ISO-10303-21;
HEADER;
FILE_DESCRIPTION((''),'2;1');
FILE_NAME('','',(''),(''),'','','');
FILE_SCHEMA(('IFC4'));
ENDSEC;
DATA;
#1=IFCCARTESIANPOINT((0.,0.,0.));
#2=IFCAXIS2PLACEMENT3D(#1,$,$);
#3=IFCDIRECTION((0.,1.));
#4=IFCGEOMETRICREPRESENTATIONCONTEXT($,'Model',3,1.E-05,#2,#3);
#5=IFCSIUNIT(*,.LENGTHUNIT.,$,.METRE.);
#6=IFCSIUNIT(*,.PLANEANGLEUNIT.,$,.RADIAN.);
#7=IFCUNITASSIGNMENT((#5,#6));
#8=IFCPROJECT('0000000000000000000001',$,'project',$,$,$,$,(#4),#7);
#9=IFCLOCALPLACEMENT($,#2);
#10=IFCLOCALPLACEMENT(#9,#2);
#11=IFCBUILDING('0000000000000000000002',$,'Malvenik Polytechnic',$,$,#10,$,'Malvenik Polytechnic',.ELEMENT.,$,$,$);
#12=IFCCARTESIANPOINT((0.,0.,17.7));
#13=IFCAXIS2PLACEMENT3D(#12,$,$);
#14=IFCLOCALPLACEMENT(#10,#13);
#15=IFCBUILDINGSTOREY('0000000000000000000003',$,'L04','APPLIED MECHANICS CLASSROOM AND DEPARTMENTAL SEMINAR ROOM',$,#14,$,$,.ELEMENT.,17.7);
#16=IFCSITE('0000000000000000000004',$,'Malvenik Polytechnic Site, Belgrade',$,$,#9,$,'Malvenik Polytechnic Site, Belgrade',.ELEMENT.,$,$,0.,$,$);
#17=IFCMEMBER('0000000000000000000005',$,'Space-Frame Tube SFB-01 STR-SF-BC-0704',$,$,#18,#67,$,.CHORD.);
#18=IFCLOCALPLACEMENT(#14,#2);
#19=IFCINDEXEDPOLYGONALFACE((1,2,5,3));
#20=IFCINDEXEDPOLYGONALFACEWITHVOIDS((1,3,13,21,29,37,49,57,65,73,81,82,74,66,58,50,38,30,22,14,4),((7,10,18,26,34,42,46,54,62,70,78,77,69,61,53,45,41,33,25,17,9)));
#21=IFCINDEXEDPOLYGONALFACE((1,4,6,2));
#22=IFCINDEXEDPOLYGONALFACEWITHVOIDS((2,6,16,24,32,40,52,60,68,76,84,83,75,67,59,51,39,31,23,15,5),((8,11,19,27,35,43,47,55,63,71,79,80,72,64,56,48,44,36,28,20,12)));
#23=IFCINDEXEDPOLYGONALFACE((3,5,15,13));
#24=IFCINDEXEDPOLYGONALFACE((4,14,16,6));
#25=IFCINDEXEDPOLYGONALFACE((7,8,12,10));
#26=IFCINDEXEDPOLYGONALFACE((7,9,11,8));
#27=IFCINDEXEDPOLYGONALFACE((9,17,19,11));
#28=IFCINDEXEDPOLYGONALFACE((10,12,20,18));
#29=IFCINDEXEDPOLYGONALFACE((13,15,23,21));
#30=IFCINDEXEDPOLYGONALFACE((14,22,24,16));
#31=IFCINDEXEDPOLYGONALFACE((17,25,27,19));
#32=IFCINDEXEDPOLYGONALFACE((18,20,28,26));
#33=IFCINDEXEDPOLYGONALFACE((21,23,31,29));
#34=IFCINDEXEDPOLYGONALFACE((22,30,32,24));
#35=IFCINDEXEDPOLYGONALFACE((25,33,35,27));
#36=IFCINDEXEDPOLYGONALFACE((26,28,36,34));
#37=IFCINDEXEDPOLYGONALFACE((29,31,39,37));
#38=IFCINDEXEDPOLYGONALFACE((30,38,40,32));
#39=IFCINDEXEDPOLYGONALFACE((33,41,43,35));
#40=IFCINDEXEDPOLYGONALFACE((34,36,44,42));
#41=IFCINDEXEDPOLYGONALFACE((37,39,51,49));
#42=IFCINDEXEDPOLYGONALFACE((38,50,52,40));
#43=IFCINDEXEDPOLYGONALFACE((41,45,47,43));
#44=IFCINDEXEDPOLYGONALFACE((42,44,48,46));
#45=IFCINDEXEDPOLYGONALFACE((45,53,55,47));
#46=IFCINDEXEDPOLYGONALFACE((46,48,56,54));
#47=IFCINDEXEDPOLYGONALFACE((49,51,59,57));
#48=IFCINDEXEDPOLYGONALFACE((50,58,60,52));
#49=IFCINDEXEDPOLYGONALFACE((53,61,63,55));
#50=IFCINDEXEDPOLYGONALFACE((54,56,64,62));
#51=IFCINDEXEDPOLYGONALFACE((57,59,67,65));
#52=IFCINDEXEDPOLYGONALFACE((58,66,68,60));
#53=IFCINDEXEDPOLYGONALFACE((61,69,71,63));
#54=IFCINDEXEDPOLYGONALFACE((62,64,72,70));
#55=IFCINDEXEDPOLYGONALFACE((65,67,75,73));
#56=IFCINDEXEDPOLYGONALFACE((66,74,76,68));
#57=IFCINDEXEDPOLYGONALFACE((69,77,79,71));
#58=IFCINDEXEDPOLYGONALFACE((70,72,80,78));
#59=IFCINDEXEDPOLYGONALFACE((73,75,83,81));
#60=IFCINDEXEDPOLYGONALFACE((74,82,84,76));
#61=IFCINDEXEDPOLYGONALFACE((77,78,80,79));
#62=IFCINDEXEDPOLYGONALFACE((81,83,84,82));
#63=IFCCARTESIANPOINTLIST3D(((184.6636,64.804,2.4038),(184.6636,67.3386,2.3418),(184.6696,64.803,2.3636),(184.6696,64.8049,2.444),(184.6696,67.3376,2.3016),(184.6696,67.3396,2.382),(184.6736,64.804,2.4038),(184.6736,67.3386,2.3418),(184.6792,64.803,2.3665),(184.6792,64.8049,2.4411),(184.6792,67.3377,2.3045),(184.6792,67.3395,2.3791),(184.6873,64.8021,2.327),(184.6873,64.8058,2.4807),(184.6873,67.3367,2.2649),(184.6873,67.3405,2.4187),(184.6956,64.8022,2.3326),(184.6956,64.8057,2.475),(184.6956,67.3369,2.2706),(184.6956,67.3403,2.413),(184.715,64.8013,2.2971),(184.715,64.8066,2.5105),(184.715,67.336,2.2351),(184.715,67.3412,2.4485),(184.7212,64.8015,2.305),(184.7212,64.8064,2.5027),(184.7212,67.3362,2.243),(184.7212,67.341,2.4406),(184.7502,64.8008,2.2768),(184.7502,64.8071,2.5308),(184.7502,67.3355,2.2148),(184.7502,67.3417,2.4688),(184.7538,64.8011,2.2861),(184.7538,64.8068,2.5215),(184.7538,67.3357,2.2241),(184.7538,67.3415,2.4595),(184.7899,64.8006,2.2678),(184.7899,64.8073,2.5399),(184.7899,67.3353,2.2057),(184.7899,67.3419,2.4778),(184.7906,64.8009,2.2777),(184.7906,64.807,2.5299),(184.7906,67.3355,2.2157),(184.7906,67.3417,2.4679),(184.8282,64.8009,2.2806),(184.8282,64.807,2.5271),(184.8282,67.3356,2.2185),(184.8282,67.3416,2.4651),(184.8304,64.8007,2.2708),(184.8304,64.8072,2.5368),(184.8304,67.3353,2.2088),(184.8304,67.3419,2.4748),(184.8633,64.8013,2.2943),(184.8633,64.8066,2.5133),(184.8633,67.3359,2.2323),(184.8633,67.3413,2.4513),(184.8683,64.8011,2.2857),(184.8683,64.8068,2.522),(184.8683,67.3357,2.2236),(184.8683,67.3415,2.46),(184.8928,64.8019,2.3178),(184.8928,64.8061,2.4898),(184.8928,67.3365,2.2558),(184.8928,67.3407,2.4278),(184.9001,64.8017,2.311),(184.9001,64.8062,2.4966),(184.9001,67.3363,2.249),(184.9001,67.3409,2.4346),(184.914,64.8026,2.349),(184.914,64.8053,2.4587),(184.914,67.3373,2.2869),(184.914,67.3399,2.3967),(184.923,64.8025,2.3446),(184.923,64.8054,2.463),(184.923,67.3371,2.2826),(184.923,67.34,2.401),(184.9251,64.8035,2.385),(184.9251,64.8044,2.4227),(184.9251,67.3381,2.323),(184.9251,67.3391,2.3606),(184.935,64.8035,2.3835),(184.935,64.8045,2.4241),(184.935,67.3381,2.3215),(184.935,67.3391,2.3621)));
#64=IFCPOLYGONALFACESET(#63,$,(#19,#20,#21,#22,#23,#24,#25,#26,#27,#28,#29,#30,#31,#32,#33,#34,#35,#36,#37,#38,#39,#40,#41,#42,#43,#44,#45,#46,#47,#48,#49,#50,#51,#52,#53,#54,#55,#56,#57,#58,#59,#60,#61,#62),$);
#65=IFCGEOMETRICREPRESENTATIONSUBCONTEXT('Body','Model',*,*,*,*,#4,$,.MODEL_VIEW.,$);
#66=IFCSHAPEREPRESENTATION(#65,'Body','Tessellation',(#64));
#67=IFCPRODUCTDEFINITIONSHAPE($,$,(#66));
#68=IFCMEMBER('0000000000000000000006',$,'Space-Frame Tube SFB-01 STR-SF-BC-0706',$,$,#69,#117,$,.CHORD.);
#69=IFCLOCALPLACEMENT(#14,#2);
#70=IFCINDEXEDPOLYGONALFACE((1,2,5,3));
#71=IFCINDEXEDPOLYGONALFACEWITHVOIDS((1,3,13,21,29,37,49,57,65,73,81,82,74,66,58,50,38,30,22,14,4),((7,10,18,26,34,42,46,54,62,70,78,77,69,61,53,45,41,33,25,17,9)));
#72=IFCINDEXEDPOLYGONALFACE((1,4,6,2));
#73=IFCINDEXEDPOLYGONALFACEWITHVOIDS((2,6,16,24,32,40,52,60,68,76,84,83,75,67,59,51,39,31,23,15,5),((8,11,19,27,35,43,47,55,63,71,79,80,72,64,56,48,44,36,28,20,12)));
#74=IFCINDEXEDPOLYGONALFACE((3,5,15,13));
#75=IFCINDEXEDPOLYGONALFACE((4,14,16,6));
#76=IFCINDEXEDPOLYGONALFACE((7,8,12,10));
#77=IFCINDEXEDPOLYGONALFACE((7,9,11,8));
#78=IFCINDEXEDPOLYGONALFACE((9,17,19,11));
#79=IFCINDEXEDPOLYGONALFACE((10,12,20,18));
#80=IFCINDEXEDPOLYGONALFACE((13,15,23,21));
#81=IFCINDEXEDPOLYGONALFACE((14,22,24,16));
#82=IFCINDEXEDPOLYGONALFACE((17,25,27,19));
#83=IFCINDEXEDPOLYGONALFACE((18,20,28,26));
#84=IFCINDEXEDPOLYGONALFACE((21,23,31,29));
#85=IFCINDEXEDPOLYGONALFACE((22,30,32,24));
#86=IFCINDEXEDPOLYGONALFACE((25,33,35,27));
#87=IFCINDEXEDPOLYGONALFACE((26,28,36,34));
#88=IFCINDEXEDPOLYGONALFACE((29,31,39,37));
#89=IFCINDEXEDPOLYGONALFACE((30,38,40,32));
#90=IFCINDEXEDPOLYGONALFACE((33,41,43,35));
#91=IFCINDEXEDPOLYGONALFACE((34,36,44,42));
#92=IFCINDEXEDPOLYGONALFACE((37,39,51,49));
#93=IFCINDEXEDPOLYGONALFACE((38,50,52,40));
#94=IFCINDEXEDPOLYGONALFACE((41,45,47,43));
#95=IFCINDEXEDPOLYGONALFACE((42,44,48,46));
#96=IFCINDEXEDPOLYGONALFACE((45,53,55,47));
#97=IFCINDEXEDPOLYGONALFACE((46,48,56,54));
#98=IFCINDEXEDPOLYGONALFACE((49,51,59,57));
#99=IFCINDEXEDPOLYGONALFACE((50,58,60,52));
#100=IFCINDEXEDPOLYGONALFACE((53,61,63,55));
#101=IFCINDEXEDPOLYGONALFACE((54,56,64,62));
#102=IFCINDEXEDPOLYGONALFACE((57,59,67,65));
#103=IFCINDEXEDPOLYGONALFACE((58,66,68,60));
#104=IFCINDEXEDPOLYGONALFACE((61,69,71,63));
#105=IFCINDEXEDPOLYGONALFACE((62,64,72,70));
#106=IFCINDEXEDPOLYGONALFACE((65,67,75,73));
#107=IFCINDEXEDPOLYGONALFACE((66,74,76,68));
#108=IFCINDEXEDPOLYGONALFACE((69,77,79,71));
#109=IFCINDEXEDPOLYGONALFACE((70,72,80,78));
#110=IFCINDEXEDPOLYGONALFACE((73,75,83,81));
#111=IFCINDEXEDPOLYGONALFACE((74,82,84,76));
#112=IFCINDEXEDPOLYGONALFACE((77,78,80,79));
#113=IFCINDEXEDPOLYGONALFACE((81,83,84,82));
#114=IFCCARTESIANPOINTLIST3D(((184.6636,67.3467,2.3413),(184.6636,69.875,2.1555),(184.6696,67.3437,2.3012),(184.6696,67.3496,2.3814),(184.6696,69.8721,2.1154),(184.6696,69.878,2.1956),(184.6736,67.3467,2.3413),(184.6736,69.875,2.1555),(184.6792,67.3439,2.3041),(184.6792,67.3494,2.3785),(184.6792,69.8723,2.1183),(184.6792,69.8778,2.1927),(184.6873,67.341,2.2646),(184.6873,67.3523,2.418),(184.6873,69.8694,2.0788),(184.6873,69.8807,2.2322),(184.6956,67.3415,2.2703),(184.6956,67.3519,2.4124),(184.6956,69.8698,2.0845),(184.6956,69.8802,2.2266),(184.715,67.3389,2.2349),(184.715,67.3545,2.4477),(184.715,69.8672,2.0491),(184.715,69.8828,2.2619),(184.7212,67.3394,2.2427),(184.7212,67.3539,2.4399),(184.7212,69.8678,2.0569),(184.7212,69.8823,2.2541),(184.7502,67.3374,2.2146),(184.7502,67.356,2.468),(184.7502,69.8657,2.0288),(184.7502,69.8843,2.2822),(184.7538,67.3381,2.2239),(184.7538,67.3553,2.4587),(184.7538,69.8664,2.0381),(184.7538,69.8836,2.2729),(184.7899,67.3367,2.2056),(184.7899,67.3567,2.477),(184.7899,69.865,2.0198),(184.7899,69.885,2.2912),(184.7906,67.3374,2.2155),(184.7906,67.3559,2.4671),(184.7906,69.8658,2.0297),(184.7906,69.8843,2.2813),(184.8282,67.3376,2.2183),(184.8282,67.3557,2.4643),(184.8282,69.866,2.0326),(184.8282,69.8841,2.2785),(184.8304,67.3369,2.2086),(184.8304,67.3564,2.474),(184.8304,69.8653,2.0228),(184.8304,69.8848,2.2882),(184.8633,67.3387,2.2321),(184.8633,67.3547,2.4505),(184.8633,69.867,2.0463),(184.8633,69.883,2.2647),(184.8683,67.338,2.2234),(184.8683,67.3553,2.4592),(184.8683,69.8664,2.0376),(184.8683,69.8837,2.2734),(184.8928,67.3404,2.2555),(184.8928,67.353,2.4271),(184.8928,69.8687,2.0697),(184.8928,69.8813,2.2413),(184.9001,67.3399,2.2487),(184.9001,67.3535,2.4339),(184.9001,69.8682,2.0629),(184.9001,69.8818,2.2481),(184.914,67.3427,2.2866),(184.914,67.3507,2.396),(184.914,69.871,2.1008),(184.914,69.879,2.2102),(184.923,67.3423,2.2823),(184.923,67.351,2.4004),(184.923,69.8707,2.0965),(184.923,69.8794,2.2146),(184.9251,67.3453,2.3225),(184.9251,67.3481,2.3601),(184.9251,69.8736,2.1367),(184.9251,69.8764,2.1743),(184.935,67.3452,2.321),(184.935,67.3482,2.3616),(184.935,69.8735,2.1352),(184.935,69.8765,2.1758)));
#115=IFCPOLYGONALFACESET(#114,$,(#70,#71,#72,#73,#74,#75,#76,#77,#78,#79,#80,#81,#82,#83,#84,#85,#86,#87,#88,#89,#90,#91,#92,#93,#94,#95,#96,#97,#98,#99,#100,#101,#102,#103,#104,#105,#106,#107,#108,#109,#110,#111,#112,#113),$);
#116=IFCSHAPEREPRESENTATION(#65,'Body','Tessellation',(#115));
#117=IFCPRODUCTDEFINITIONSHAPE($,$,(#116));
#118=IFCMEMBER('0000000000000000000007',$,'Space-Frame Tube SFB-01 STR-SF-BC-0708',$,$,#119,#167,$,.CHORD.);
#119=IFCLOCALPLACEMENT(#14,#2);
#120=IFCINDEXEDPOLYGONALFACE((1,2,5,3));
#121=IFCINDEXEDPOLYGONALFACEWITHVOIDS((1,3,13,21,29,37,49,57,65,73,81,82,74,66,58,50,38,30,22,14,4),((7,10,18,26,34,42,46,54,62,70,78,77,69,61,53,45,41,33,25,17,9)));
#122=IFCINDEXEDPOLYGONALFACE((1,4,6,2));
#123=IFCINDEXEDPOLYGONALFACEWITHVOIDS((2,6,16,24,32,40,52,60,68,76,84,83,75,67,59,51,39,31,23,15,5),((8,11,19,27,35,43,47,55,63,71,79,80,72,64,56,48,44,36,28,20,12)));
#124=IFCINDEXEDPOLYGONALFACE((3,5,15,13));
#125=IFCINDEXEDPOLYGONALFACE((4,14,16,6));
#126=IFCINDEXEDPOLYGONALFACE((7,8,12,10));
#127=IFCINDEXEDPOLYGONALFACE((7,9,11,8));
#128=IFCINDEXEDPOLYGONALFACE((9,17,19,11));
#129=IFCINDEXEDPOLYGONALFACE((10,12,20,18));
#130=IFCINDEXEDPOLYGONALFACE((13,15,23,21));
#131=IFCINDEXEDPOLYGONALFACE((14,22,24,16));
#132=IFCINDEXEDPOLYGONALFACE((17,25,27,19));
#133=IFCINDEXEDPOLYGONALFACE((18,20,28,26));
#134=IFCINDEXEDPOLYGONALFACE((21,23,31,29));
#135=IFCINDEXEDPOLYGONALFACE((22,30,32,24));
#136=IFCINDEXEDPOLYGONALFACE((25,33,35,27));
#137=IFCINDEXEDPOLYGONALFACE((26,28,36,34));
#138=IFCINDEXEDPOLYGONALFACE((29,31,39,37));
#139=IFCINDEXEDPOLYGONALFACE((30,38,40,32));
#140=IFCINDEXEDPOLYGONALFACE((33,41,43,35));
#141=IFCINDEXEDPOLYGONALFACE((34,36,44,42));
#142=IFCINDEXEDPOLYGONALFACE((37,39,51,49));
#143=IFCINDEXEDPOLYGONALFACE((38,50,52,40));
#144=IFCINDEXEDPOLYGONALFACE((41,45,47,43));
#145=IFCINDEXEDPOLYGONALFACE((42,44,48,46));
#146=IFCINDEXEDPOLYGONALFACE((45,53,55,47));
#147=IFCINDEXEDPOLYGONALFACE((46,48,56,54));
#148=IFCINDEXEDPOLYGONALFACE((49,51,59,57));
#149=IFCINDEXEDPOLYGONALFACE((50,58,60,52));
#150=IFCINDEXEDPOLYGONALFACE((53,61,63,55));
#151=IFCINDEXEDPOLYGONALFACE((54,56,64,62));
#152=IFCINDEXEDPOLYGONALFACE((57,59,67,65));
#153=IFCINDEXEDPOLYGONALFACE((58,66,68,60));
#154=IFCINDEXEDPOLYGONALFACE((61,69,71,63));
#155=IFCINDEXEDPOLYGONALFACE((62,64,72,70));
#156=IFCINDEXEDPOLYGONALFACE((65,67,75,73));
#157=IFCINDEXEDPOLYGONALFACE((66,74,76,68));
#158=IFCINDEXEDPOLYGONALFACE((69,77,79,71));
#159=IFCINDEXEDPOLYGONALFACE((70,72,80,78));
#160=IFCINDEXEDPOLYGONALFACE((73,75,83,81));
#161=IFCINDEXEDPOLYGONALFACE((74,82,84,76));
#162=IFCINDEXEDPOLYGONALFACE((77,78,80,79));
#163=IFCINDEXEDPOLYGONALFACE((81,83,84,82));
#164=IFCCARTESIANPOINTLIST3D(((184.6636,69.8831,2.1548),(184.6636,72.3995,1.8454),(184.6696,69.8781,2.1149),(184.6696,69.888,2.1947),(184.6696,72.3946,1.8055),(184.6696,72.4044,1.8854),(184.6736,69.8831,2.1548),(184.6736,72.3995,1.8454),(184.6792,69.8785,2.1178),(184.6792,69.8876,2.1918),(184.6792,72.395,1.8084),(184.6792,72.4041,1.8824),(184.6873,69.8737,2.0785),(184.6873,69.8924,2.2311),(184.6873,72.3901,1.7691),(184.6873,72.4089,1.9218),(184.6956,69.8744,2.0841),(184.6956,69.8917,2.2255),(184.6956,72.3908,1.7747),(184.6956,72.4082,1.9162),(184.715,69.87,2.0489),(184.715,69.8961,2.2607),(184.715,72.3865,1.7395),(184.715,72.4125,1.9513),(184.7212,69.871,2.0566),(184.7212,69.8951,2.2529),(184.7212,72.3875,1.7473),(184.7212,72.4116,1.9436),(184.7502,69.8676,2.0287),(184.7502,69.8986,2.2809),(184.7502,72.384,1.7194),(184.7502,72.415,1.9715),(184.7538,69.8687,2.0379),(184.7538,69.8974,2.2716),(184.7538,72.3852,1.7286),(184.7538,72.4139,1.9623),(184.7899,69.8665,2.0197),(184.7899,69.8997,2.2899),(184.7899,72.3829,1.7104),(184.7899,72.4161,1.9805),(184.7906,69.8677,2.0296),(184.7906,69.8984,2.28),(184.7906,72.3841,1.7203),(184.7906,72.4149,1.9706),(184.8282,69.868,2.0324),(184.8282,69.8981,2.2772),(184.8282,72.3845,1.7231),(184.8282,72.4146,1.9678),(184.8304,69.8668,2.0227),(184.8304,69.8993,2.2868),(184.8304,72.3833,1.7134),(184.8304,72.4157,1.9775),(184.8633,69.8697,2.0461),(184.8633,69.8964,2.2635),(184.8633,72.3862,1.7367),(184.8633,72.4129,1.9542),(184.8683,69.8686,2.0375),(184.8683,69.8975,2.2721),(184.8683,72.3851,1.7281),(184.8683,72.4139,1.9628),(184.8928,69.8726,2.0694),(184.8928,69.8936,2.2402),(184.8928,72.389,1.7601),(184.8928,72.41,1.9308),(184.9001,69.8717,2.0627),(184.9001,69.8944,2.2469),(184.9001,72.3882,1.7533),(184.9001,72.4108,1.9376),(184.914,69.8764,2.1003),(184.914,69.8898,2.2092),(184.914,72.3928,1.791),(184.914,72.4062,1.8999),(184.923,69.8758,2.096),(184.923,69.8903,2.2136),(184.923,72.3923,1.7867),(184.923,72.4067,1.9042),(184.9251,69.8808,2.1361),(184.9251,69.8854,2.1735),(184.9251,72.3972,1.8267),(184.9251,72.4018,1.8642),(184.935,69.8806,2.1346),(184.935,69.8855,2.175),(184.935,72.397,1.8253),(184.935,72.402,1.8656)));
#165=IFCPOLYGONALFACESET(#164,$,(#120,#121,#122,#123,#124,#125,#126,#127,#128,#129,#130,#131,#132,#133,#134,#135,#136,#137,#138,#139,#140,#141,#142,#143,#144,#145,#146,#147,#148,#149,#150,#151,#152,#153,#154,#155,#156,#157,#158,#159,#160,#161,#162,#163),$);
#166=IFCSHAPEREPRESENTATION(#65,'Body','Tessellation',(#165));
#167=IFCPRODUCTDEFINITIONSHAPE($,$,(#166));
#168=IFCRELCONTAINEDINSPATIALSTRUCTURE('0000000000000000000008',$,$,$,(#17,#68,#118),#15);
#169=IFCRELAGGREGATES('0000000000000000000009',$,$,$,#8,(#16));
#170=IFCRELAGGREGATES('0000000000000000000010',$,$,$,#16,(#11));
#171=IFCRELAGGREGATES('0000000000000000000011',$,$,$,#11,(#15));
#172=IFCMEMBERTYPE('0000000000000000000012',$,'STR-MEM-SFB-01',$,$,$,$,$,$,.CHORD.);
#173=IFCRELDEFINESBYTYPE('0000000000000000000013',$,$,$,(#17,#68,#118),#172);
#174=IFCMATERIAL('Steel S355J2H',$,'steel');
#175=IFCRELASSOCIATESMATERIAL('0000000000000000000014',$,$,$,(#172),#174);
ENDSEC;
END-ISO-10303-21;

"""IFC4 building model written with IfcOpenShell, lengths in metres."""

from ifc_helpers import new_model, si_unit, direction, frame, origin, origin_2d, place, context, subcontext, project, spatial, hollow_circle, extrude, material, material_profile, profile_set, type_object, element, save


model = new_model("IFC4")

# Units and contexts
model_context = context("Model", 3, precision=1e-05, world=origin(), true_north=direction((0.0, 1.0)))
body_context = subcontext(model_context, "Body", "Model", "MODEL_VIEW")
ifc_project = project(units=[si_unit("LENGTHUNIT", "METRE"), si_unit("PLANEANGLEUNIT", "RADIAN")], contexts=[model_context])

# Site, building, storey
site_placement = place(None, origin())
site = spatial("IfcSite", under=ifc_project, at=site_placement, Name="Malvenik Polytechnic Site, Belgrade", LongName="Malvenik Polytechnic Site, Belgrade", CompositionType="ELEMENT", RefElevation=0.0)
building_placement = place(site_placement, origin())
building = spatial("IfcBuilding", under=site, at=building_placement, Name="Malvenik Polytechnic", LongName="Malvenik Polytechnic", CompositionType="ELEMENT")
storey_placement = place(building_placement, frame((0.0, 0.0, 17.7)))
storey = spatial("IfcBuildingStorey", under=building, at=storey_placement, Name="L04", Description="APPLIED MECHANICS CLASSROOM AND DEPARTMENTAL SEMINAR ROOM", CompositionType="ELEMENT", Elevation=17.7)

# Members
ifc_material_1 = material(Name="Steel S355J2H", Category="steel")
ifc_material_profile_1 = material_profile(ifc_material_1, hollow_circle(Radius=0.1365, WallThickness=0.01, at=origin_2d()), Name="CHS 273.0x10.0")
ifc_profile_set_1 = profile_set([ifc_material_profile_1], Name="Steel S355J2H")
member_type_1 = type_object("IfcMemberType", Name="STR-MEM-SFB-01", PredefinedType="CHORD", material=ifc_profile_set_1)
member_1_placement = place(storey_placement, frame((184.8, 64.804, 2.4038), z_axis=(0.0, 0.999701, -0.024458), x_axis=(-1.0, 0.0, 0.0)))
element("IfcMember", 1, at=member_1_placement, inside=storey, type_object=member_type_1, Name="Space-Frame Tube SFB-01 STR-SF-BC-0704", PredefinedType="CHORD", context=body_context, shape_type="SweptSolid", body=[
    extrude(hollow_circle(Radius=0.1365, WallThickness=0.01, at=origin_2d()), origin(), (0.0, 0.0, 1.0), 2.5354),
])
member_2_placement = place(storey_placement, frame((184.8, 67.3467, 2.3413), z_axis=(0.0, 0.997311, -0.073286), x_axis=(-1.0, 0.0, 0.0)))
element("IfcMember", 2, at=member_2_placement, inside=storey, type_object=member_type_1, Name="Space-Frame Tube SFB-01 STR-SF-BC-0706", PredefinedType="CHORD", context=body_context, shape_type="SweptSolid", body=[
    extrude(hollow_circle(Radius=0.1365, WallThickness=0.01, at=origin_2d()), origin(), (0.0, 0.0, 1.0), 2.5352),
])
for number, where, z_axis, x_axis, name in (
    (3, (184.8, 69.8831, 2.1548), (0.0, 0.992529, -0.122008), (-1.0, 0.0, 0.0), "Space-Frame Tube SFB-01 STR-SF-BC-0708"),
):
    element("IfcMember", number, at=place(storey_placement, frame(where, z_axis=z_axis, x_axis=x_axis)), inside=storey, type_object=member_type_1, Name=name, PredefinedType="CHORD", context=body_context, shape_type="SweptSolid", body=[
        extrude(hollow_circle(Radius=0.1365, WallThickness=0.01, at=origin_2d()), origin(), (0.0, 0.0, 1.0), 2.5354),
    ])

save(model, "model.ifc")
